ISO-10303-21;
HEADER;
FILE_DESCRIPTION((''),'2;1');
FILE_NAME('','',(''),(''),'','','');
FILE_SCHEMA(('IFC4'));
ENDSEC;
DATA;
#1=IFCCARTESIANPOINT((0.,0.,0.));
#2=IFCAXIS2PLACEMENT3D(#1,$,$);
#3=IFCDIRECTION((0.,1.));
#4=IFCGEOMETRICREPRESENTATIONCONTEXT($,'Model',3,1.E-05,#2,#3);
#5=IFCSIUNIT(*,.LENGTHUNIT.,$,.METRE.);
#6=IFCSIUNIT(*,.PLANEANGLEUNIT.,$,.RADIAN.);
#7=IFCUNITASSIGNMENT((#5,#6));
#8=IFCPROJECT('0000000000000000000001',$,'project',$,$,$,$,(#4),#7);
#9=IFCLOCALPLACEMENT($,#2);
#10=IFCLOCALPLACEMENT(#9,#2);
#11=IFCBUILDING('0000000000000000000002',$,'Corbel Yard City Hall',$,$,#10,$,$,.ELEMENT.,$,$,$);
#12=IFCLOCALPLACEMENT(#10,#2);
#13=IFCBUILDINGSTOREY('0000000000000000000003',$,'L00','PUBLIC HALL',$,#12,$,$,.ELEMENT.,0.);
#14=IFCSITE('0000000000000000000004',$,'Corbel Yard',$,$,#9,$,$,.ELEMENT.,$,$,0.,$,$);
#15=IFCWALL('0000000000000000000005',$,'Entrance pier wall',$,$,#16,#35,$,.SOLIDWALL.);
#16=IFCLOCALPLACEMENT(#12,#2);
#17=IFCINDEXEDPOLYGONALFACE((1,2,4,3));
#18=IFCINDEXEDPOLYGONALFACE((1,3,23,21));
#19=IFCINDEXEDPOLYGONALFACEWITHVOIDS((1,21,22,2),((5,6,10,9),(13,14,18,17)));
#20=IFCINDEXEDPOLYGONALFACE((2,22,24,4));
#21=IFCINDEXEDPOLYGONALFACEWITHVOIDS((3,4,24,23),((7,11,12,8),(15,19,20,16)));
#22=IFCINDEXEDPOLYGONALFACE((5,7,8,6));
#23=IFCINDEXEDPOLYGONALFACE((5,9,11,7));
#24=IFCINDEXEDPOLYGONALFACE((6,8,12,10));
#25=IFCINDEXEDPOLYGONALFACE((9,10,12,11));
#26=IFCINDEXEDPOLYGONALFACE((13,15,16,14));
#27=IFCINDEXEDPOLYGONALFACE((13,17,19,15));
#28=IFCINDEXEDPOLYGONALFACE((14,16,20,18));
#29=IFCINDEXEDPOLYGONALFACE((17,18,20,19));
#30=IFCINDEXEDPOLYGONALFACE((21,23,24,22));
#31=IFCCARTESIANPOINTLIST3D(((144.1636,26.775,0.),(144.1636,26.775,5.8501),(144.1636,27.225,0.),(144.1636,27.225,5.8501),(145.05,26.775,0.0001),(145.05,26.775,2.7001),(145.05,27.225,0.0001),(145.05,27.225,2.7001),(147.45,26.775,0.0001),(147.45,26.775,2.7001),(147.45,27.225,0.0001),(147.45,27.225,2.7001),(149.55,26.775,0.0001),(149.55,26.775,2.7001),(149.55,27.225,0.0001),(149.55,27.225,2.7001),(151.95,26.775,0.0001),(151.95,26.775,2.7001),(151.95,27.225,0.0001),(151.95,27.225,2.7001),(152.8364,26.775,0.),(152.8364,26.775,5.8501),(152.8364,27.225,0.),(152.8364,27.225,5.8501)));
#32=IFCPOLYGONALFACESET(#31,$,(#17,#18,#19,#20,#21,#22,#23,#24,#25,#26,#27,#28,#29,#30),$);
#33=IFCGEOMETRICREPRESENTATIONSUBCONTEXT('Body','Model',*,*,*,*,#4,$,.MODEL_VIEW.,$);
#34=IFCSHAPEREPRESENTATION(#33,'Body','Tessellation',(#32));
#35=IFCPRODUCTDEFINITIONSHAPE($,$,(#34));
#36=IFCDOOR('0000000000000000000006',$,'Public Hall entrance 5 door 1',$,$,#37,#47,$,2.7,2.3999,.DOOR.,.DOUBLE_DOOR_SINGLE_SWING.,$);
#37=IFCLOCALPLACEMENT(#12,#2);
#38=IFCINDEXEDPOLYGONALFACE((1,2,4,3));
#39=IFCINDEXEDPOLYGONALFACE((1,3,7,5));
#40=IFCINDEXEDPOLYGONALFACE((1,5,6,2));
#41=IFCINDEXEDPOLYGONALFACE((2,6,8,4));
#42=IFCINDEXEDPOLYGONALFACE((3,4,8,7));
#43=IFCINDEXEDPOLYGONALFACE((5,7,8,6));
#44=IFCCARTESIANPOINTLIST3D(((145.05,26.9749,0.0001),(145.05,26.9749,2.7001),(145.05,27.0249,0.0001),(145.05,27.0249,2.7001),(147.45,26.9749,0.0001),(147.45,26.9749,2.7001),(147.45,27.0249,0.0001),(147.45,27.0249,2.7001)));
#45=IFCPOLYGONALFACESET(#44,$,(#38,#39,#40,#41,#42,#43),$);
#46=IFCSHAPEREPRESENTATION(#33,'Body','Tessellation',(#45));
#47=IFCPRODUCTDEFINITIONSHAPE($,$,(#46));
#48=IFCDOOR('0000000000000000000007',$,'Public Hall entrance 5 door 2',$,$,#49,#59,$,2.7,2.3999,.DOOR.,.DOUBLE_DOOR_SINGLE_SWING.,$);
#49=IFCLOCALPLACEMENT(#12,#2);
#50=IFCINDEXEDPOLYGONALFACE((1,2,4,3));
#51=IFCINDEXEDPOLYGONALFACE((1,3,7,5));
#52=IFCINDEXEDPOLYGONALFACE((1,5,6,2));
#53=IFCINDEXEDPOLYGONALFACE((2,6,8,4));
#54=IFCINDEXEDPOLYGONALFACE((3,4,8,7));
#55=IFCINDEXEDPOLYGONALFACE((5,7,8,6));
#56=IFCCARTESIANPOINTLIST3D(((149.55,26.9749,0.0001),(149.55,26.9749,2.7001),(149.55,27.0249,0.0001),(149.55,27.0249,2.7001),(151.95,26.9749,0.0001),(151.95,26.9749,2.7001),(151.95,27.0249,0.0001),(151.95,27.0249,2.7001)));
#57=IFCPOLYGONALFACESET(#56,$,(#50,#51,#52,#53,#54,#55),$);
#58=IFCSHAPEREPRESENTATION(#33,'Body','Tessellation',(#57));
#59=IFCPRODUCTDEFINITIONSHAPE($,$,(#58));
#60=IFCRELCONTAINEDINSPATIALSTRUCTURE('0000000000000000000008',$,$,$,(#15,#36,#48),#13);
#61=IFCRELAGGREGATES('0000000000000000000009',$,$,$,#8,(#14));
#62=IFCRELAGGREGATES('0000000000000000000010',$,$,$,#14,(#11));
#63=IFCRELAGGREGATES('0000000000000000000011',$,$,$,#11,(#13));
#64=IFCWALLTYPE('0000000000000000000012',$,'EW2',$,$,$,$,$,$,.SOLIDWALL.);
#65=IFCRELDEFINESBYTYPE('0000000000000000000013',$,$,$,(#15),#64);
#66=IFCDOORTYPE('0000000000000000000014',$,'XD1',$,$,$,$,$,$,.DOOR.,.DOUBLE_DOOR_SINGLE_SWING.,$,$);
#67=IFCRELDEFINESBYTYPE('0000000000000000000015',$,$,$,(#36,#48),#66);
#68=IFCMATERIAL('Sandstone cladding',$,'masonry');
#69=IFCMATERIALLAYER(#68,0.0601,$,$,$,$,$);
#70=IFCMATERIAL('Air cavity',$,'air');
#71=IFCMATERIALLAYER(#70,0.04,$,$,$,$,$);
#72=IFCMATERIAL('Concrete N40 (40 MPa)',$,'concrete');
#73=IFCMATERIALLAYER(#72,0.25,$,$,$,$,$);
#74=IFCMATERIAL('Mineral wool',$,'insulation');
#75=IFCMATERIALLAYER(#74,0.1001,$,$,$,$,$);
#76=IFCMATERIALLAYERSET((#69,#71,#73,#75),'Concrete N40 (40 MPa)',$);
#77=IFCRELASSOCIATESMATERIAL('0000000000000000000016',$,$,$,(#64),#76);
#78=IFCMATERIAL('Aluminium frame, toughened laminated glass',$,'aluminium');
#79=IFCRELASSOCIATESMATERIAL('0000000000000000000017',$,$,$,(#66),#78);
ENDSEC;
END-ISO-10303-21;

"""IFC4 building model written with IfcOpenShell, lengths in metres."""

from ifc_helpers import new_model, si_unit, direction, frame, frame_2d, origin, place, context, subcontext, project, spatial, rectangle, extrude, material, layer, layer_set, type_object, element, fill, save


model = new_model("IFC4")

# Units and contexts
model_context = context("Model", 3, precision=1e-05, world=origin(), true_north=direction((0.0, 1.0)))
body_context = subcontext(model_context, "Body", "Model", "MODEL_VIEW")
ifc_project = project(units=[si_unit("LENGTHUNIT", "METRE"), si_unit("PLANEANGLEUNIT", "RADIAN")], contexts=[model_context])

# Site, building, storey
site_placement = place(None, origin())
site = spatial("IfcSite", under=ifc_project, at=site_placement, Name="Corbel Yard", CompositionType="ELEMENT", RefElevation=0.0)
building_placement = place(site_placement, origin())
building = spatial("IfcBuilding", under=site, at=building_placement, Name="Corbel Yard City Hall", CompositionType="ELEMENT")
storey_placement = place(building_placement, origin())
storey = spatial("IfcBuildingStorey", under=building, at=storey_placement, Name="L00", Description="PUBLIC HALL", CompositionType="ELEMENT", Elevation=0.0)

# Shared definitions
ifc_material_1 = material(Name="Concrete N40 (40 MPa)", Category="concrete")

# Wall, openings, doors
ifc_material_2 = material(Name="Sandstone cladding", Category="masonry")
ifc_layer_1 = layer(ifc_material_2, 0.0601)
ifc_material_3 = material(Name="Air cavity", Category="air")
ifc_layer_2 = layer(ifc_material_3, 0.04)
ifc_layer_3 = layer(ifc_material_1, 0.25)
ifc_material_4 = material(Name="Mineral wool", Category="insulation")
ifc_layer_4 = layer(ifc_material_4, 0.1001)
ifc_layer_set_1 = layer_set([ifc_layer_1, ifc_layer_2, ifc_layer_3, ifc_layer_4], Name="Concrete N40 (40 MPa)")
wall_type = type_object("IfcWallType", Name="EW2", PredefinedType="SOLIDWALL", material=ifc_layer_set_1)
wall_placement = place(storey_placement, frame((144.1636, 27.0, 0.0), z_axis=(0.0, 0.0, 1.0), x_axis=(1.0, 0.0, 0.0)))
wall = element("IfcWall", 1, at=wall_placement, inside=storey, type_object=wall_type, Name="Entrance pier wall", PredefinedType="SOLIDWALL", context=body_context, shape_type="SweptSolid", body=[
    extrude(rectangle(XDim=8.6729, YDim=0.45, at=frame_2d((4.3364, 0.0))), origin(), (0.0, 0.0, 1.0), 5.8501),
])
opening_1_placement = place(wall_placement, frame((0.8865, 0.0, 0.0)))
opening_1 = element("IfcOpeningElement", 2, at=opening_1_placement, cuts=wall, PredefinedType="OPENING", context=body_context, shape_type="SweptSolid", body=[
    extrude(rectangle(XDim=2.3999, YDim=2.7, at=frame_2d((1.2, 1.3501))), frame((0.0, 0.2349, 0.0), z_axis=(0.0, -1.0, 0.0), x_axis=(1.0, 0.0, 0.0)), (0.0, 0.0, 1.0), 0.47),
])
opening_2_placement = place(wall_placement, frame((5.3865, 0.0, 0.0)))
opening_2 = element("IfcOpeningElement", 3, at=opening_2_placement, cuts=wall, PredefinedType="OPENING", context=body_context, shape_type="SweptSolid", body=[
    extrude(rectangle(XDim=2.3999, YDim=2.7, at=frame_2d((1.2, 1.3501))), frame((0.0, 0.2349, 0.0), z_axis=(0.0, -1.0, 0.0), x_axis=(1.0, 0.0, 0.0)), (0.0, 0.0, 1.0), 0.47),
])
ifc_material_5 = material(Name="Aluminium frame, toughened laminated glass", Category="aluminium")
door_type = type_object("IfcDoorType", Name="XD1", OperationType="DOUBLE_DOOR_SINGLE_SWING", PredefinedType="DOOR", material=ifc_material_5)
door_1_placement = place(opening_1_placement, origin())
door_1 = element("IfcDoor", 4, at=door_1_placement, inside=storey, type_object=door_type, Name="Public Hall entrance 5 door 1", OperationType="DOUBLE_DOOR_SINGLE_SWING", OverallHeight=2.7, OverallWidth=2.3999, PredefinedType="DOOR", context=body_context, shape_type="SweptSolid", body=[
    extrude(rectangle(XDim=2.3999, YDim=2.7, at=frame_2d((1.2, 1.3501))), frame((0.0, 0.0249, 0.0), z_axis=(0.0, -1.0, 0.0), x_axis=(1.0, 0.0, 0.0)), (0.0, 0.0, 1.0), 0.05),
])
fill(opening_1, door_1)
door_2_placement = place(opening_2_placement, origin())
door_2 = element("IfcDoor", 5, at=door_2_placement, inside=storey, type_object=door_type, Name="Public Hall entrance 5 door 2", OperationType="DOUBLE_DOOR_SINGLE_SWING", OverallHeight=2.7, OverallWidth=2.3999, PredefinedType="DOOR", context=body_context, shape_type="SweptSolid", body=[
    extrude(rectangle(XDim=2.3999, YDim=2.7, at=frame_2d((1.2, 1.3501))), frame((0.0, 0.0249, 0.0), z_axis=(0.0, -1.0, 0.0), x_axis=(1.0, 0.0, 0.0)), (0.0, 0.0, 1.0), 0.05),
])
fill(opening_2, door_2)

save(model, "model.ifc")
